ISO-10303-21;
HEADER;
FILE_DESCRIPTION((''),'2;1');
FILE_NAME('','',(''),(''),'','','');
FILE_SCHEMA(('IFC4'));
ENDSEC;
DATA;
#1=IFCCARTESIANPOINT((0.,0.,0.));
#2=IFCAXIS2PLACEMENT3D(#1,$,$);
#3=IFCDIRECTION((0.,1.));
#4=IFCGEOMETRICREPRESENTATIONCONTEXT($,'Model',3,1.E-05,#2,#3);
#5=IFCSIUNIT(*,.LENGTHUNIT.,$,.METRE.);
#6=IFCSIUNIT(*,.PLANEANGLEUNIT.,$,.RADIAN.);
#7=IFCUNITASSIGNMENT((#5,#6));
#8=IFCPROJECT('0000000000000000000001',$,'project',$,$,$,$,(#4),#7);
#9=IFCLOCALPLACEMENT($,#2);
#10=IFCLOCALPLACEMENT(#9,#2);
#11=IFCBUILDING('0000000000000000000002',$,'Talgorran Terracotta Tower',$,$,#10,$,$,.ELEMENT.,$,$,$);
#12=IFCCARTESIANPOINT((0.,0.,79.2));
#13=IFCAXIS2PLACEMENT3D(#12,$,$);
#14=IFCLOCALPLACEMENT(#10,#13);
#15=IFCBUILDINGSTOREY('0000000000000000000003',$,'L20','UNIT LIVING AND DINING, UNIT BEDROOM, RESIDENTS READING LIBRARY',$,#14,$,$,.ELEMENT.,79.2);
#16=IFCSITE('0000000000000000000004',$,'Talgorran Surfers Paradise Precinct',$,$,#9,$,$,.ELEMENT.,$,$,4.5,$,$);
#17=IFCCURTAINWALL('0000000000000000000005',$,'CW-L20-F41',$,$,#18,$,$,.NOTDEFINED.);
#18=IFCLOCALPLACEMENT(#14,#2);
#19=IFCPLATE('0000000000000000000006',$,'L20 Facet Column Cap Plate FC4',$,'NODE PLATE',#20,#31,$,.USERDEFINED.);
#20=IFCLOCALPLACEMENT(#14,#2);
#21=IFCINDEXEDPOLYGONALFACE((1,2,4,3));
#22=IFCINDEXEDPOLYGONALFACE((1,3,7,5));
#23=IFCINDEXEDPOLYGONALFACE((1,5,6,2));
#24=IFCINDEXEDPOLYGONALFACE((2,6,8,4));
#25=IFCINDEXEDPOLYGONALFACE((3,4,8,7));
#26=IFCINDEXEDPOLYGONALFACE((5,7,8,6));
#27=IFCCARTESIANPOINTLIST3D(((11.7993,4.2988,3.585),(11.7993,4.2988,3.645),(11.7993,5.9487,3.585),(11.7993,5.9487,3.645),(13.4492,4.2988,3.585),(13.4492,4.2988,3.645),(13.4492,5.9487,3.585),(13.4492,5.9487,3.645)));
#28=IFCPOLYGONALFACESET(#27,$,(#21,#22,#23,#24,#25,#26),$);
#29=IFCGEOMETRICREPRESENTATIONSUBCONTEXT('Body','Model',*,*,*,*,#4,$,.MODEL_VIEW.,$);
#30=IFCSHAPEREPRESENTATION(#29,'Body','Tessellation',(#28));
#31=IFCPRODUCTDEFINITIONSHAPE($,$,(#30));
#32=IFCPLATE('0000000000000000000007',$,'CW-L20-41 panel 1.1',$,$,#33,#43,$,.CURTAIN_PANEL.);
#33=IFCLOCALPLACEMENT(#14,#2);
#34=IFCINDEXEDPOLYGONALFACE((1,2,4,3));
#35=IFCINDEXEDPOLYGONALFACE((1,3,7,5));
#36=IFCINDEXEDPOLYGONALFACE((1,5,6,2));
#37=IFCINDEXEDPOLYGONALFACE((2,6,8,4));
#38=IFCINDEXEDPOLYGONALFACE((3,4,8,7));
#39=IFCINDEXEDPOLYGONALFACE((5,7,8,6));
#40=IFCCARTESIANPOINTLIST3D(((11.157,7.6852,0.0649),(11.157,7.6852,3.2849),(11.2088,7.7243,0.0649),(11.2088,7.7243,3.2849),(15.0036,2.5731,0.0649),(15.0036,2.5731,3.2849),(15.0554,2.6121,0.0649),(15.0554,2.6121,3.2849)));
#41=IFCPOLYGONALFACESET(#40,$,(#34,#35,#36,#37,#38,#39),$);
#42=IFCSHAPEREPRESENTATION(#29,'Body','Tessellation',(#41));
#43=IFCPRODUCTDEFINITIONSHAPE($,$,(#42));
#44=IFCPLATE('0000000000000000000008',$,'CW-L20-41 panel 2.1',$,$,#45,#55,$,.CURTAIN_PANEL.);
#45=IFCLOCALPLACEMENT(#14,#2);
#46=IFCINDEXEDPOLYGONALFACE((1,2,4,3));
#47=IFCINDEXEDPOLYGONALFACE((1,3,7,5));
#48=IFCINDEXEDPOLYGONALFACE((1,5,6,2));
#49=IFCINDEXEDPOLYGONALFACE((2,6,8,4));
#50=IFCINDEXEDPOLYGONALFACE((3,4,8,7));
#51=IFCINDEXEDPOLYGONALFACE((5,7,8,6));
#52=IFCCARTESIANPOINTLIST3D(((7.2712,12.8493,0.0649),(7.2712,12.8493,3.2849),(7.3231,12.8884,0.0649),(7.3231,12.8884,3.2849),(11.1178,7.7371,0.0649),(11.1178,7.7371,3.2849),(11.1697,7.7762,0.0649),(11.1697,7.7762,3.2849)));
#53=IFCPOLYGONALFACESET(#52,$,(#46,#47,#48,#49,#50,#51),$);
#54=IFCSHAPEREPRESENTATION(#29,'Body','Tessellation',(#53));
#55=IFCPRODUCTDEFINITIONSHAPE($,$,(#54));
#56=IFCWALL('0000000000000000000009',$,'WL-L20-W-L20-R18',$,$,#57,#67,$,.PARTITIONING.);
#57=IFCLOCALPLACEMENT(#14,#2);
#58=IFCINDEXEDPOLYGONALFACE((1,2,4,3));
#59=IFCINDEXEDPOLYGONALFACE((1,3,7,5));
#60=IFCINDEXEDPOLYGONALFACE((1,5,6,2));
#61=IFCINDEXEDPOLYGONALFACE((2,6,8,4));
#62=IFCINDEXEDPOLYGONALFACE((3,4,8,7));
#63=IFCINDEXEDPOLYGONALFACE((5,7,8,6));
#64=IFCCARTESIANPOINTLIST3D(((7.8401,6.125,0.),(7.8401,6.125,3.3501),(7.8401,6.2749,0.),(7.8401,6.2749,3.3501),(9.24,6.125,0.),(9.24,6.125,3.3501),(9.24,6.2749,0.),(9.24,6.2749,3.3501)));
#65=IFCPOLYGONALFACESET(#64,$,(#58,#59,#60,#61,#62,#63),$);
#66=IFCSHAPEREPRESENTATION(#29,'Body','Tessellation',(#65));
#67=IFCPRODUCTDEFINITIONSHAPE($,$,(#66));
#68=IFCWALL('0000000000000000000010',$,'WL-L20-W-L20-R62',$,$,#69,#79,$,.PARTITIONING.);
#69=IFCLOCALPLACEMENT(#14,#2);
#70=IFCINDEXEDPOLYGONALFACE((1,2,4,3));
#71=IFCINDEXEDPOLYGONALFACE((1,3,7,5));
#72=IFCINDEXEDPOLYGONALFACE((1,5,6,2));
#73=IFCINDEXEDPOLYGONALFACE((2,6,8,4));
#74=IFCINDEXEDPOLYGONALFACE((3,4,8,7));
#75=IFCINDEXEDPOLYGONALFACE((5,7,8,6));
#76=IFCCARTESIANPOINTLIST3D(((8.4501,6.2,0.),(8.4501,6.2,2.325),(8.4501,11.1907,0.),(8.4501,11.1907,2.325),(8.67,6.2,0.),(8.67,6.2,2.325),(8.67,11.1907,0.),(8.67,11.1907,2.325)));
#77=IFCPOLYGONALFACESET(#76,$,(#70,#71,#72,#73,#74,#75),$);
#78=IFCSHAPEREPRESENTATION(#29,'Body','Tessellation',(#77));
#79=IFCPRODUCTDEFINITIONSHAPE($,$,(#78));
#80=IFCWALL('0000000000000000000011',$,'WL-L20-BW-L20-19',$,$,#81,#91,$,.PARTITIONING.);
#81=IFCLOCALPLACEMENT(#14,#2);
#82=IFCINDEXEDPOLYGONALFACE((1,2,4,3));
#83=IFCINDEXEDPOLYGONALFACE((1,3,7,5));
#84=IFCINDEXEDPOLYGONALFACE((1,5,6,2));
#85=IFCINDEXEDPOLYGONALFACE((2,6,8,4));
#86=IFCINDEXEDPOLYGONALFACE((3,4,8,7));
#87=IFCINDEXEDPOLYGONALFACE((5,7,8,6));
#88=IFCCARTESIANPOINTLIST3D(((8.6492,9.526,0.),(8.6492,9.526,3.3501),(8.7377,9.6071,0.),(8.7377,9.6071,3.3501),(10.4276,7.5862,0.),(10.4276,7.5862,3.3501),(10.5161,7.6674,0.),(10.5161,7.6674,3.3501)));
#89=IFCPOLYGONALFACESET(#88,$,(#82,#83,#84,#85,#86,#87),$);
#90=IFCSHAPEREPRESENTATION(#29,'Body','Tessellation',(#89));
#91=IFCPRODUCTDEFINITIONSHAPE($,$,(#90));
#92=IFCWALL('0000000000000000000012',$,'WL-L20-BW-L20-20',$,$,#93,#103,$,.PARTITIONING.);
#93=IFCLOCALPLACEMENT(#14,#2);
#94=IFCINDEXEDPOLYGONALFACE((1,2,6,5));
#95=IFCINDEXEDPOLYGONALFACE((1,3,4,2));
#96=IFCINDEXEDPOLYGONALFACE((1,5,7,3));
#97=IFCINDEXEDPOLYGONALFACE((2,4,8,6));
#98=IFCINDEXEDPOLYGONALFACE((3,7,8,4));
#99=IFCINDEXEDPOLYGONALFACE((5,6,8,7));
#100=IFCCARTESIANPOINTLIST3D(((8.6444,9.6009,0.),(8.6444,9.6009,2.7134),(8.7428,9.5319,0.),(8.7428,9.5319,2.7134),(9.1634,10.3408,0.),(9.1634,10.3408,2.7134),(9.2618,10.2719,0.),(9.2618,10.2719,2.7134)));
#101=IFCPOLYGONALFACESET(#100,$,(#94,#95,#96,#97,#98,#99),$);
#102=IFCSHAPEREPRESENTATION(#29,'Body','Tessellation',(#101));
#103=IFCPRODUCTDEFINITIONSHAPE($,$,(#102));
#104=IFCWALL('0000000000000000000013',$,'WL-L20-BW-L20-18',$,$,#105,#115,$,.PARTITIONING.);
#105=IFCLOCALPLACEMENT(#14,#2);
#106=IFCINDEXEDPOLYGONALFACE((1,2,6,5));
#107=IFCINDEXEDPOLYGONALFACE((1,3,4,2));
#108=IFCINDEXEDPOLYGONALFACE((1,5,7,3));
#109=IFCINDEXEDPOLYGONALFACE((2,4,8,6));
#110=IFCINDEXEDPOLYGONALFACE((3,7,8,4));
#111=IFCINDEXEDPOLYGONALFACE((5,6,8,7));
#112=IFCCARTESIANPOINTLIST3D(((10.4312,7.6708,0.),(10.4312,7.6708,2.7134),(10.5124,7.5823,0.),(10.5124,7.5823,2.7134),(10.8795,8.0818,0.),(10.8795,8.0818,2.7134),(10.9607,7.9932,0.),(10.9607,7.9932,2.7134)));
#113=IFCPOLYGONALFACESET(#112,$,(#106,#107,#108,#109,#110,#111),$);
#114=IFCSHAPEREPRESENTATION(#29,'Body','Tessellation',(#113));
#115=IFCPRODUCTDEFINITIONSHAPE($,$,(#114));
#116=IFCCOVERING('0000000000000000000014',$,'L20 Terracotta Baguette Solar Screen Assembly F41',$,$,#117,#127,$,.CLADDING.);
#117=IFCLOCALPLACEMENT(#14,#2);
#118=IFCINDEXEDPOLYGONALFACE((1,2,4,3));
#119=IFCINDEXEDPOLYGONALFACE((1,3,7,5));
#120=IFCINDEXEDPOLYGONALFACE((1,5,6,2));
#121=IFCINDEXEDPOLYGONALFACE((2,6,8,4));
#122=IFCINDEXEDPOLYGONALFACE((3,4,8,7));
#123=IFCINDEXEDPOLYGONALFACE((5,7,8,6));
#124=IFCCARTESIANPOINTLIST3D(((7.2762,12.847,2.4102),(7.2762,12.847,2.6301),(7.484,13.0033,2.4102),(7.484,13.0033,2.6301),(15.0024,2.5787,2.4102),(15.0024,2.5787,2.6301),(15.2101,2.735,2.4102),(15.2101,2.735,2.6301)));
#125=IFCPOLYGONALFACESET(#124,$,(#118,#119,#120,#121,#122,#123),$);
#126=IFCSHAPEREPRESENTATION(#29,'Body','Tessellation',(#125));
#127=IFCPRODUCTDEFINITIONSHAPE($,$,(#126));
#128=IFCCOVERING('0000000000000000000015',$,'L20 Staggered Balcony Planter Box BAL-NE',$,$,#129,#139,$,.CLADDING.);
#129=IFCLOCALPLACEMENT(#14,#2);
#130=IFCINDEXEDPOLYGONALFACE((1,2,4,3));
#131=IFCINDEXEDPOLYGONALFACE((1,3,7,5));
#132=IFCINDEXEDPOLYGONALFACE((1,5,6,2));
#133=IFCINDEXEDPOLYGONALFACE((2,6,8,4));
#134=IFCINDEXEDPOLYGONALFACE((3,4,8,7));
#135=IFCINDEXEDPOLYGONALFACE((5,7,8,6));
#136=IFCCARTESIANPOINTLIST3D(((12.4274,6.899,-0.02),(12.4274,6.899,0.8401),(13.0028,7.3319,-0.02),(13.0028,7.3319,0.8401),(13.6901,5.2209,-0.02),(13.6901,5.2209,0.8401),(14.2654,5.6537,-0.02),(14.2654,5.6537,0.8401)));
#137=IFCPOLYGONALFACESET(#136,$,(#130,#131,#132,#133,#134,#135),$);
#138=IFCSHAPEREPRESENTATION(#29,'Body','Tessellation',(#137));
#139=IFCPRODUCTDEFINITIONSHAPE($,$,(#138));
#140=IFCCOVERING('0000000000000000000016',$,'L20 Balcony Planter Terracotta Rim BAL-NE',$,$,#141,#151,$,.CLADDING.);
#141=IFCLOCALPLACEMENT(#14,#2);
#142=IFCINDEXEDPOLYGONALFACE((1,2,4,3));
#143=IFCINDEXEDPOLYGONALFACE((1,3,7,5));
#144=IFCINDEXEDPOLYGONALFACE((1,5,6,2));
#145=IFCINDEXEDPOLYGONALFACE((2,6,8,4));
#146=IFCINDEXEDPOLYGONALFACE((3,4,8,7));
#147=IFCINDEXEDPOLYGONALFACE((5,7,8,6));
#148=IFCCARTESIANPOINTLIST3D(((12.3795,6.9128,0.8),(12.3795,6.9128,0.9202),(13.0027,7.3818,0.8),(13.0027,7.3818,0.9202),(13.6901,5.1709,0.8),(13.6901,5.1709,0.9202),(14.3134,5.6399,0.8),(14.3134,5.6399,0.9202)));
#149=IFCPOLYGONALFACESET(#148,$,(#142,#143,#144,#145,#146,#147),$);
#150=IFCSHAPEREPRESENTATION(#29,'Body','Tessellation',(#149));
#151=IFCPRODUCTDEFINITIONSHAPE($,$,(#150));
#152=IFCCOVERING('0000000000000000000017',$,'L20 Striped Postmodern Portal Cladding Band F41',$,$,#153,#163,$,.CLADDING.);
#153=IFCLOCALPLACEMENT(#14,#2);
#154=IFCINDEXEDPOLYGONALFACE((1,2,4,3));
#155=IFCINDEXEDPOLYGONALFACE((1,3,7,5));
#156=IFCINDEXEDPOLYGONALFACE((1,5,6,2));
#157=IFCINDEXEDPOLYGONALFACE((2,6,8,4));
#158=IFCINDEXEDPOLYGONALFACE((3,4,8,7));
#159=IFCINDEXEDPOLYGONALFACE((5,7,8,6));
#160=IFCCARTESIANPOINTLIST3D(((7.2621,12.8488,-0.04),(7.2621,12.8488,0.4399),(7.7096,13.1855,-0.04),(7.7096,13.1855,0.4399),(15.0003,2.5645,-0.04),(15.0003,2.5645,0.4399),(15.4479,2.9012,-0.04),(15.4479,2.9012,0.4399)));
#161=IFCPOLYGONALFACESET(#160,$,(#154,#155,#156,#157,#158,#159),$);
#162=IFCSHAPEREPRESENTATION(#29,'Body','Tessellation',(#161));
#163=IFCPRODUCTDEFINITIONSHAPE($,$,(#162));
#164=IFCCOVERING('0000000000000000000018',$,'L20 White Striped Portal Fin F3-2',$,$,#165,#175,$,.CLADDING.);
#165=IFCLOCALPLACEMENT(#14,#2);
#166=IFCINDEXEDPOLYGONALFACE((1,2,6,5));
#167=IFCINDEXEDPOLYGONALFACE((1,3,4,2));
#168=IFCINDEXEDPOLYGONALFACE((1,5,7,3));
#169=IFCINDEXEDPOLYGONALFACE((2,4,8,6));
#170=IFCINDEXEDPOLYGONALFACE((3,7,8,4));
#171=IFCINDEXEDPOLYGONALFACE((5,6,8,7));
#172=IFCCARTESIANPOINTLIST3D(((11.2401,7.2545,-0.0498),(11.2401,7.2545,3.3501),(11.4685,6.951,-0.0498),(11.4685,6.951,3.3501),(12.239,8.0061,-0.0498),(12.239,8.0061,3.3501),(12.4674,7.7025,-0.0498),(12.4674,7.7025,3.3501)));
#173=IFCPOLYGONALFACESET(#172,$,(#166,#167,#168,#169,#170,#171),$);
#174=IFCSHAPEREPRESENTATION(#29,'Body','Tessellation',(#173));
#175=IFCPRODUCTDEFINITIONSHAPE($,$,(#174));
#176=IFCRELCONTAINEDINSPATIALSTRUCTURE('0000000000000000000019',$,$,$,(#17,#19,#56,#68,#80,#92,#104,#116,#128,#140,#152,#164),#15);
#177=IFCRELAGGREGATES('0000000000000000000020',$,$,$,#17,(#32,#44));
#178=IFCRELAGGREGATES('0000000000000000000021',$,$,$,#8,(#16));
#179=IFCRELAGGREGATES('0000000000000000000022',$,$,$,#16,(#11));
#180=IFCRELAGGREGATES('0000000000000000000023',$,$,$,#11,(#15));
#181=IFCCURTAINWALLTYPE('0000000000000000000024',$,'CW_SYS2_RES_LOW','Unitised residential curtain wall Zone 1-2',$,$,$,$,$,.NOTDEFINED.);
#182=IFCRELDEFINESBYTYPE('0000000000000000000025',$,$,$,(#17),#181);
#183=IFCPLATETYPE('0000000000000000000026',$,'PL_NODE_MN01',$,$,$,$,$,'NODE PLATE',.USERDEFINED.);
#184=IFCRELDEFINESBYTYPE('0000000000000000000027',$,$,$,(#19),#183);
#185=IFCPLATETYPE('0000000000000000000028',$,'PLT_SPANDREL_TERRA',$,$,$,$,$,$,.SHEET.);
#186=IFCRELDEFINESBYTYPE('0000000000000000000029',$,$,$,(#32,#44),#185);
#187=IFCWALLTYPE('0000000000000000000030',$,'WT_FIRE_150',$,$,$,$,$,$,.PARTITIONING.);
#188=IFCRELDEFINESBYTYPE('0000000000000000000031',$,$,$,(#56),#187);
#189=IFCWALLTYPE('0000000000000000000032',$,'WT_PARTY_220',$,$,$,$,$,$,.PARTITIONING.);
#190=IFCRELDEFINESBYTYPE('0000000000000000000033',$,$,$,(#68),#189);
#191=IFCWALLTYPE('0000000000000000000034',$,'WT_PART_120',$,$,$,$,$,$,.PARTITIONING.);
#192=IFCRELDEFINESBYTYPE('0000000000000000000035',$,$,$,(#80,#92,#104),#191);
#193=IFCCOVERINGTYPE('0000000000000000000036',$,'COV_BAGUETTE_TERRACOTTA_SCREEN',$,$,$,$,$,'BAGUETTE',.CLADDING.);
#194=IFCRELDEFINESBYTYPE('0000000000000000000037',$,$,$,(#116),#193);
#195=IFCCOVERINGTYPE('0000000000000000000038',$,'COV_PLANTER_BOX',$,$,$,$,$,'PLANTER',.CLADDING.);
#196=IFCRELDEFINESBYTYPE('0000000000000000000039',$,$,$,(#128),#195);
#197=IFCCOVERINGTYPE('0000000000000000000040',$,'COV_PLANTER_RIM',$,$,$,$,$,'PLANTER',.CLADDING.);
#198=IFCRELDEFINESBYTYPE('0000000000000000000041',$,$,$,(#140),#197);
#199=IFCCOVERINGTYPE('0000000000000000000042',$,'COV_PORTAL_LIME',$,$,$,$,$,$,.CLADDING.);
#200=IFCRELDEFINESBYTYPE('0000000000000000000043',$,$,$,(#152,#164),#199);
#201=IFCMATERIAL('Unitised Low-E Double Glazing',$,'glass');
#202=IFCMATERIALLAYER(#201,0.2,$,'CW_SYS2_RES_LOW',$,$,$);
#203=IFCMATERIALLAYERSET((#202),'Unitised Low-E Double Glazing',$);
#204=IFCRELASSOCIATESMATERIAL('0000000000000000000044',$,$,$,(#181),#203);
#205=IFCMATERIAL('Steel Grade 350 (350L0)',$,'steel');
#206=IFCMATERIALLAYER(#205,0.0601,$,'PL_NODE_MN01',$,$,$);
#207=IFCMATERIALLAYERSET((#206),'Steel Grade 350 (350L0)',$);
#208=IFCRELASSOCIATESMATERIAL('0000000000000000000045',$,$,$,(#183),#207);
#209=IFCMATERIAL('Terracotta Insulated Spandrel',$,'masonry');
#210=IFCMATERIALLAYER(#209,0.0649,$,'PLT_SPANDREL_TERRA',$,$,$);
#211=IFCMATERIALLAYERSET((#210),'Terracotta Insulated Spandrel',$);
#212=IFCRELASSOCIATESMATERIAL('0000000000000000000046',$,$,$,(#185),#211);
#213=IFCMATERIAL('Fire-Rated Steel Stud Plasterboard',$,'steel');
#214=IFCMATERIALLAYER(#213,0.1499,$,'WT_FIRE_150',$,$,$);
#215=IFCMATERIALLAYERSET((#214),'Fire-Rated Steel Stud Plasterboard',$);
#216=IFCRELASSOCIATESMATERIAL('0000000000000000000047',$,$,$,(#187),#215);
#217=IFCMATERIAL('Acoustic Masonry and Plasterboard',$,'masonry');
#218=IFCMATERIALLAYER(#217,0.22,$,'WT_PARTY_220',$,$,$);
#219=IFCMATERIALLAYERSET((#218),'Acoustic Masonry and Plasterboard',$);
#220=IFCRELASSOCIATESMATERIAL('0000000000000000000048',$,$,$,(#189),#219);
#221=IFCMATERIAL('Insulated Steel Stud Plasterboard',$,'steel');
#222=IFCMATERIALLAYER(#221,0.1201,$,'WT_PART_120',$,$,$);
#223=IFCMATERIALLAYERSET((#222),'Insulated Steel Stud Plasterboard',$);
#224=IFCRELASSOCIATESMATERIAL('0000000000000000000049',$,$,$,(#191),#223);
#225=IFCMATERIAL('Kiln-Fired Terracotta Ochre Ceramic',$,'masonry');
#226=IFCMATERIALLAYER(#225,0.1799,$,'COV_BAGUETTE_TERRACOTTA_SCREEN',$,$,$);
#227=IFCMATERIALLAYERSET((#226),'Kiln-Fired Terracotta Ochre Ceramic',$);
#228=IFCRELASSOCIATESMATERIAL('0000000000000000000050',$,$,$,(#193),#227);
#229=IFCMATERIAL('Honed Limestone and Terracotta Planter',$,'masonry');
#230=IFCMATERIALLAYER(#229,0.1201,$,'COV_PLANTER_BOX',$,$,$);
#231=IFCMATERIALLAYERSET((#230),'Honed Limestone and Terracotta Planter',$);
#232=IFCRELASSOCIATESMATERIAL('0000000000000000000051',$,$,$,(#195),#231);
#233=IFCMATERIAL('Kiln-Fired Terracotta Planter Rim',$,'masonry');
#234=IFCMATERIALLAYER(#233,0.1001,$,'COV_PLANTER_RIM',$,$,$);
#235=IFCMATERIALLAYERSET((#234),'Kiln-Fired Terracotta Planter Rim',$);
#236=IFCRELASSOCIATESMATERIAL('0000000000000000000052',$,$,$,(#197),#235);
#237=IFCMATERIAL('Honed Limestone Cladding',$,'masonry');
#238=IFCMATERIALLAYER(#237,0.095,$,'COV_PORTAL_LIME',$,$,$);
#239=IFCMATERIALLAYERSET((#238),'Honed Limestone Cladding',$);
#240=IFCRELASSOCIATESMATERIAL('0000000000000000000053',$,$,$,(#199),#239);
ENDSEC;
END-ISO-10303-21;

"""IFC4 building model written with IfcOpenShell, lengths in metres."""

from ifc_helpers import new_model, si_unit, direction, frame, frame_2d, origin, origin_2d, place, context, subcontext, project, spatial, rectangle, extrude, source, transform, mapped, material, layer, layer_set, type_object, type_shapes, element, aggregate, save


model = new_model("IFC4")

# Units and contexts
model_context = context("Model", 3, precision=1e-05, world=origin(), true_north=direction((0.0, 1.0)))
body_context = subcontext(model_context, "Body", "Model", "MODEL_VIEW")
ifc_project = project(units=[si_unit("LENGTHUNIT", "METRE"), si_unit("PLANEANGLEUNIT", "RADIAN")], contexts=[model_context])

# Site, building, storey
site_placement = place(None, origin())
site = spatial("IfcSite", under=ifc_project, at=site_placement, Name="Talgorran Surfers Paradise Precinct", CompositionType="ELEMENT", RefElevation=4.5)
building_placement = place(site_placement, origin())
building = spatial("IfcBuilding", under=site, at=building_placement, Name="Talgorran Terracotta Tower", CompositionType="ELEMENT")
storey_placement = place(building_placement, frame((0.0, 0.0, 79.2)))
storey = spatial("IfcBuildingStorey", under=building, at=storey_placement, Name="L20", Description="UNIT LIVING AND DINING, UNIT BEDROOM, RESIDENTS READING LIBRARY", CompositionType="ELEMENT", Elevation=79.2)

# Shared definitions
ifc_material_1 = material(Name="Steel Grade 350 (350L0)", Category="steel")

# Curtain wall
ifc_material_2 = material(Name="Unitised Low-E Double Glazing", Category="glass")
ifc_layer_1 = layer(ifc_material_2, 0.2, Name="CW_SYS2_RES_LOW")
ifc_layer_set_1 = layer_set([ifc_layer_1], Name="Unitised Low-E Double Glazing")
curtain_wall_type = type_object("IfcCurtainWallType", Name="CW_SYS2_RES_LOW", Description="Unitised residential curtain wall Zone 1-2", PredefinedType="NOTDEFINED", material=ifc_layer_set_1)
curtain_wall_placement = place(storey_placement, origin())
curtain_wall = element("IfcCurtainWall", 1, at=curtain_wall_placement, inside=storey, type_object=curtain_wall_type, Name="CW-L20-F41", PredefinedType="NOTDEFINED")

# Plate
ifc_layer_2 = layer(ifc_material_1, 0.0601, Name="PL_NODE_MN01")
ifc_layer_set_2 = layer_set([ifc_layer_2], Name="Steel Grade 350 (350L0)")
plate_type_1 = type_object("IfcPlateType", Name="PL_NODE_MN01", ElementType="NODE PLATE", PredefinedType="USERDEFINED", material=ifc_layer_set_2)
plate_1_placement = place(storey_placement, frame((12.6243, 5.1238, 3.585), z_axis=(0.0, 0.0, 1.0), x_axis=(1.0, 0.0, 0.0)))
element("IfcPlate", 2, at=plate_1_placement, inside=storey, type_object=plate_type_1, Name="L20 Facet Column Cap Plate FC4", ObjectType="NODE PLATE", PredefinedType="USERDEFINED", context=body_context, shape_type="SweptSolid", body=[
    extrude(rectangle(XDim=1.6499, YDim=1.6499, at=origin_2d()), origin(), (0.0, 0.0, 1.0), 0.0601),
])

# Plates
ifc_material_3 = material(Name="Terracotta Insulated Spandrel", Category="masonry")
ifc_layer_3 = layer(ifc_material_3, 0.0649, Name="PLT_SPANDREL_TERRA")
ifc_layer_set_3 = layer_set([ifc_layer_3], Name="Terracotta Insulated Spandrel")
plate_type_2 = type_object("IfcPlateType", Name="PLT_SPANDREL_TERRA", PredefinedType="SHEET", material=ifc_layer_set_3)
shared_shape_1 = source(origin(), body_context, "Body", "SweptSolid", [
    extrude(rectangle(XDim=6.3977, YDim=0.0649, at=origin_2d()), origin(), (0.0, 0.0, 1.0), 3.22),
])
type_shapes(plate_type_2, [shared_shape_1])
plate_2_placement = place(storey_placement, frame((13.1062, 5.1487, 0.0649), z_axis=(0.0, 0.0, 1.0), x_axis=(-0.601247, 0.799063, 0.0)))
plate_2 = element("IfcPlate", 3, at=plate_2_placement, type_object=plate_type_2, Name="CW-L20-41 panel 1.1", PredefinedType="CURTAIN_PANEL", context=body_context, shape_type="MappedRepresentation", body=[
    mapped(shared_shape_1, transform((0.0, 0.0, 0.0), scale=1.0)),
])
plate_3_placement = place(storey_placement, frame((9.2205, 10.3127, 0.0649), z_axis=(0.0, 0.0, 1.0), x_axis=(-0.601247, 0.799063, 0.0)))
plate_3 = element("IfcPlate", 4, at=plate_3_placement, type_object=plate_type_2, Name="CW-L20-41 panel 2.1", PredefinedType="CURTAIN_PANEL", context=body_context, shape_type="MappedRepresentation", body=[
    mapped(shared_shape_1, transform((0.0, 0.0, 0.0), scale=1.0)),
])
aggregate(curtain_wall, [plate_2, plate_3])

# Walls
ifc_material_4 = material(Name="Fire-Rated Steel Stud Plasterboard", Category="steel")
ifc_layer_4 = layer(ifc_material_4, 0.1499, Name="WT_FIRE_150")
ifc_layer_set_4 = layer_set([ifc_layer_4], Name="Fire-Rated Steel Stud Plasterboard")
wall_type_1 = type_object("IfcWallType", Name="WT_FIRE_150", PredefinedType="PARTITIONING", material=ifc_layer_set_4)
wall_1_placement = place(storey_placement, frame((7.8401, 6.2, 0.0), z_axis=(0.0, 0.0, 1.0), x_axis=(1.0, 0.0, 0.0)))
element("IfcWall", 5, at=wall_1_placement, inside=storey, type_object=wall_type_1, Name="WL-L20-W-L20-R18", PredefinedType="PARTITIONING", context=body_context, shape_type="SweptSolid", body=[
    extrude(rectangle(XDim=1.3999, YDim=0.1499, at=frame_2d((0.7, 0.0))), origin(), (0.0, 0.0, 1.0), 3.3501),
])
ifc_material_5 = material(Name="Acoustic Masonry and Plasterboard", Category="masonry")
ifc_layer_5 = layer(ifc_material_5, 0.22, Name="WT_PARTY_220")
ifc_layer_set_5 = layer_set([ifc_layer_5], Name="Acoustic Masonry and Plasterboard")
wall_type_2 = type_object("IfcWallType", Name="WT_PARTY_220", PredefinedType="PARTITIONING", material=ifc_layer_set_5)
wall_2_placement = place(storey_placement, frame((8.5601, 6.2, 0.0), z_axis=(0.0, 0.0, 1.0), x_axis=(0.0, 1.0, 0.0)))
element("IfcWall", 6, at=wall_2_placement, inside=storey, type_object=wall_type_2, Name="WL-L20-W-L20-R62", PredefinedType="PARTITIONING", context=body_context, shape_type="SweptSolid", body=[
    extrude(rectangle(XDim=4.9907, YDim=0.22, at=frame_2d((2.4954, 0.0))), origin(), (0.0, 0.0, 1.0), 2.325),
])
ifc_material_6 = material(Name="Insulated Steel Stud Plasterboard", Category="steel")
ifc_layer_6 = layer(ifc_material_6, 0.1201, Name="WT_PART_120")
ifc_layer_set_6 = layer_set([ifc_layer_6], Name="Insulated Steel Stud Plasterboard")
wall_type_3 = type_object("IfcWallType", Name="WT_PART_120", PredefinedType="PARTITIONING", material=ifc_layer_set_6)
wall_3_placement = place(storey_placement, frame((10.4719, 7.6267, 0.0), z_axis=(0.0, 0.0, 1.0), x_axis=(-0.675779, 0.737104, 0.0)))
element("IfcWall", 7, at=wall_3_placement, inside=storey, type_object=wall_type_3, Name="WL-L20-BW-L20-19", PredefinedType="PARTITIONING", context=body_context, shape_type="SweptSolid", body=[
    extrude(rectangle(XDim=2.6316, YDim=0.1201, at=frame_2d((1.3159, 0.0))), origin(), (0.0, 0.0, 1.0), 3.3501),
])
wall_4_placement = place(storey_placement, frame((8.6936, 9.5664, 0.0), z_axis=(0.0, 0.0, 1.0), x_axis=(0.574242, 0.818686, 0.0)))
element("IfcWall", 8, at=wall_4_placement, inside=storey, type_object=wall_type_3, Name="WL-L20-BW-L20-20", PredefinedType="PARTITIONING", context=body_context, shape_type="SweptSolid", body=[
    extrude(rectangle(XDim=0.9038, YDim=0.1201, at=frame_2d((0.4519, 0.0))), origin(), (0.0, 0.0, 1.0), 2.7134),
])
wall_5_placement = place(storey_placement, frame((10.9202, 8.0376, 0.0), z_axis=(0.0, 0.0, 1.0), x_axis=(-0.737154, -0.675725, 0.0)))
element("IfcWall", 9, at=wall_5_placement, inside=storey, type_object=wall_type_3, Name="WL-L20-BW-L20-18", PredefinedType="PARTITIONING", context=body_context, shape_type="SweptSolid", body=[
    extrude(rectangle(XDim=0.6082, YDim=0.1201, at=frame_2d((0.3042, 0.0))), origin(), (0.0, 0.0, 1.0), 2.7134),
])

# Coverings
ifc_material_7 = material(Name="Kiln-Fired Terracotta Ochre Ceramic", Category="masonry")
ifc_layer_7 = layer(ifc_material_7, 0.1799, Name="COV_BAGUETTE_TERRACOTTA_SCREEN")
ifc_layer_set_7 = layer_set([ifc_layer_7], Name="Kiln-Fired Terracotta Ochre Ceramic")
covering_type_1 = type_object("IfcCoveringType", Name="COV_BAGUETTE_TERRACOTTA_SCREEN", ElementType="BAGUETTE", PredefinedType="CLADDING", material=ifc_layer_set_7)
covering_1_placement = place(storey_placement, frame((11.2432, 7.791, 2.4102), z_axis=(0.0, 0.0, 1.0), x_axis=(-0.601243, 0.799066, 0.0)))
element("IfcCovering", 10, at=covering_1_placement, inside=storey, type_object=covering_type_1, Name="L20 Terracotta Baguette Solar Screen Assembly F41", PredefinedType="CLADDING", context=body_context, shape_type="SweptSolid", body=[
    extrude(rectangle(XDim=12.8503, YDim=0.26, at=origin_2d()), origin(), (0.0, 0.0, 1.0), 0.22),
])
ifc_material_8 = material(Name="Honed Limestone and Terracotta Planter", Category="masonry")
ifc_layer_8 = layer(ifc_material_8, 0.1201, Name="COV_PLANTER_BOX")
ifc_layer_set_8 = layer_set([ifc_layer_8], Name="Honed Limestone and Terracotta Planter")
covering_type_2 = type_object("IfcCoveringType", Name="COV_PLANTER_BOX", ElementType="PLANTER", PredefinedType="CLADDING", material=ifc_layer_set_8)
covering_2_placement = place(storey_placement, frame((13.3464, 6.2764, -0.02), z_axis=(0.0, 0.0, 1.0), x_axis=(-0.601243, 0.799066, 0.0)))
element("IfcCovering", 11, at=covering_2_placement, inside=storey, type_object=covering_type_2, Name="L20 Staggered Balcony Planter Box BAL-NE", PredefinedType="CLADDING", context=body_context, shape_type="SweptSolid", body=[
    extrude(rectangle(XDim=2.1001, YDim=0.72, at=origin_2d()), origin(), (0.0, 0.0, 1.0), 0.8601),
])
ifc_material_9 = material(Name="Kiln-Fired Terracotta Planter Rim", Category="masonry")
ifc_layer_9 = layer(ifc_material_9, 0.1001, Name="COV_PLANTER_RIM")
ifc_layer_set_9 = layer_set([ifc_layer_9], Name="Kiln-Fired Terracotta Planter Rim")
covering_type_3 = type_object("IfcCoveringType", Name="COV_PLANTER_RIM", ElementType="PLANTER", PredefinedType="CLADDING", material=ifc_layer_set_9)
covering_3_placement = place(storey_placement, frame((13.3464, 6.2764, 0.8), z_axis=(0.0, 0.0, 1.0), x_axis=(-0.601243, 0.799066, 0.0)))
element("IfcCovering", 12, at=covering_3_placement, inside=storey, type_object=covering_type_3, Name="L20 Balcony Planter Terracotta Rim BAL-NE", PredefinedType="CLADDING", context=body_context, shape_type="SweptSolid", body=[
    extrude(rectangle(XDim=2.1799, YDim=0.78, at=origin_2d()), origin(), (0.0, 0.0, 1.0), 0.1201),
])
ifc_material_10 = material(Name="Honed Limestone Cladding", Category="masonry")
ifc_layer_10 = layer(ifc_material_10, 0.095, Name="COV_PORTAL_LIME")
ifc_layer_set_10 = layer_set([ifc_layer_10], Name="Honed Limestone Cladding")
covering_type_4 = type_object("IfcCoveringType", Name="COV_PORTAL_LIME", PredefinedType="CLADDING", material=ifc_layer_set_10)
covering_4_placement = place(storey_placement, frame((11.355, 7.875, -0.04), z_axis=(0.0, 0.0, 1.0), x_axis=(-0.601243, 0.799066, 0.0)))
element("IfcCovering", 13, at=covering_4_placement, inside=storey, type_object=covering_type_4, Name="L20 Striped Postmodern Portal Cladding Band F41", PredefinedType="CLADDING", context=body_context, shape_type="SweptSolid", body=[
    extrude(rectangle(XDim=12.8704, YDim=0.5601, at=origin_2d()), origin(), (0.0, 0.0, 1.0), 0.48),
])
covering_5_placement = place(storey_placement, frame((11.8538, 7.4785, -0.0498), z_axis=(0.0, 0.0, 1.0), x_axis=(-0.601243, 0.799066, 0.0)))
element("IfcCovering", 14, at=covering_5_placement, inside=storey, type_object=covering_type_4, Name="L20 White Striped Portal Fin F3-2", PredefinedType="CLADDING", context=body_context, shape_type="SweptSolid", body=[
    extrude(rectangle(XDim=0.3799, YDim=1.25, at=origin_2d()), origin(), (0.0, 0.0, 1.0), 3.3999),
])

save(model, "model.ifc")
